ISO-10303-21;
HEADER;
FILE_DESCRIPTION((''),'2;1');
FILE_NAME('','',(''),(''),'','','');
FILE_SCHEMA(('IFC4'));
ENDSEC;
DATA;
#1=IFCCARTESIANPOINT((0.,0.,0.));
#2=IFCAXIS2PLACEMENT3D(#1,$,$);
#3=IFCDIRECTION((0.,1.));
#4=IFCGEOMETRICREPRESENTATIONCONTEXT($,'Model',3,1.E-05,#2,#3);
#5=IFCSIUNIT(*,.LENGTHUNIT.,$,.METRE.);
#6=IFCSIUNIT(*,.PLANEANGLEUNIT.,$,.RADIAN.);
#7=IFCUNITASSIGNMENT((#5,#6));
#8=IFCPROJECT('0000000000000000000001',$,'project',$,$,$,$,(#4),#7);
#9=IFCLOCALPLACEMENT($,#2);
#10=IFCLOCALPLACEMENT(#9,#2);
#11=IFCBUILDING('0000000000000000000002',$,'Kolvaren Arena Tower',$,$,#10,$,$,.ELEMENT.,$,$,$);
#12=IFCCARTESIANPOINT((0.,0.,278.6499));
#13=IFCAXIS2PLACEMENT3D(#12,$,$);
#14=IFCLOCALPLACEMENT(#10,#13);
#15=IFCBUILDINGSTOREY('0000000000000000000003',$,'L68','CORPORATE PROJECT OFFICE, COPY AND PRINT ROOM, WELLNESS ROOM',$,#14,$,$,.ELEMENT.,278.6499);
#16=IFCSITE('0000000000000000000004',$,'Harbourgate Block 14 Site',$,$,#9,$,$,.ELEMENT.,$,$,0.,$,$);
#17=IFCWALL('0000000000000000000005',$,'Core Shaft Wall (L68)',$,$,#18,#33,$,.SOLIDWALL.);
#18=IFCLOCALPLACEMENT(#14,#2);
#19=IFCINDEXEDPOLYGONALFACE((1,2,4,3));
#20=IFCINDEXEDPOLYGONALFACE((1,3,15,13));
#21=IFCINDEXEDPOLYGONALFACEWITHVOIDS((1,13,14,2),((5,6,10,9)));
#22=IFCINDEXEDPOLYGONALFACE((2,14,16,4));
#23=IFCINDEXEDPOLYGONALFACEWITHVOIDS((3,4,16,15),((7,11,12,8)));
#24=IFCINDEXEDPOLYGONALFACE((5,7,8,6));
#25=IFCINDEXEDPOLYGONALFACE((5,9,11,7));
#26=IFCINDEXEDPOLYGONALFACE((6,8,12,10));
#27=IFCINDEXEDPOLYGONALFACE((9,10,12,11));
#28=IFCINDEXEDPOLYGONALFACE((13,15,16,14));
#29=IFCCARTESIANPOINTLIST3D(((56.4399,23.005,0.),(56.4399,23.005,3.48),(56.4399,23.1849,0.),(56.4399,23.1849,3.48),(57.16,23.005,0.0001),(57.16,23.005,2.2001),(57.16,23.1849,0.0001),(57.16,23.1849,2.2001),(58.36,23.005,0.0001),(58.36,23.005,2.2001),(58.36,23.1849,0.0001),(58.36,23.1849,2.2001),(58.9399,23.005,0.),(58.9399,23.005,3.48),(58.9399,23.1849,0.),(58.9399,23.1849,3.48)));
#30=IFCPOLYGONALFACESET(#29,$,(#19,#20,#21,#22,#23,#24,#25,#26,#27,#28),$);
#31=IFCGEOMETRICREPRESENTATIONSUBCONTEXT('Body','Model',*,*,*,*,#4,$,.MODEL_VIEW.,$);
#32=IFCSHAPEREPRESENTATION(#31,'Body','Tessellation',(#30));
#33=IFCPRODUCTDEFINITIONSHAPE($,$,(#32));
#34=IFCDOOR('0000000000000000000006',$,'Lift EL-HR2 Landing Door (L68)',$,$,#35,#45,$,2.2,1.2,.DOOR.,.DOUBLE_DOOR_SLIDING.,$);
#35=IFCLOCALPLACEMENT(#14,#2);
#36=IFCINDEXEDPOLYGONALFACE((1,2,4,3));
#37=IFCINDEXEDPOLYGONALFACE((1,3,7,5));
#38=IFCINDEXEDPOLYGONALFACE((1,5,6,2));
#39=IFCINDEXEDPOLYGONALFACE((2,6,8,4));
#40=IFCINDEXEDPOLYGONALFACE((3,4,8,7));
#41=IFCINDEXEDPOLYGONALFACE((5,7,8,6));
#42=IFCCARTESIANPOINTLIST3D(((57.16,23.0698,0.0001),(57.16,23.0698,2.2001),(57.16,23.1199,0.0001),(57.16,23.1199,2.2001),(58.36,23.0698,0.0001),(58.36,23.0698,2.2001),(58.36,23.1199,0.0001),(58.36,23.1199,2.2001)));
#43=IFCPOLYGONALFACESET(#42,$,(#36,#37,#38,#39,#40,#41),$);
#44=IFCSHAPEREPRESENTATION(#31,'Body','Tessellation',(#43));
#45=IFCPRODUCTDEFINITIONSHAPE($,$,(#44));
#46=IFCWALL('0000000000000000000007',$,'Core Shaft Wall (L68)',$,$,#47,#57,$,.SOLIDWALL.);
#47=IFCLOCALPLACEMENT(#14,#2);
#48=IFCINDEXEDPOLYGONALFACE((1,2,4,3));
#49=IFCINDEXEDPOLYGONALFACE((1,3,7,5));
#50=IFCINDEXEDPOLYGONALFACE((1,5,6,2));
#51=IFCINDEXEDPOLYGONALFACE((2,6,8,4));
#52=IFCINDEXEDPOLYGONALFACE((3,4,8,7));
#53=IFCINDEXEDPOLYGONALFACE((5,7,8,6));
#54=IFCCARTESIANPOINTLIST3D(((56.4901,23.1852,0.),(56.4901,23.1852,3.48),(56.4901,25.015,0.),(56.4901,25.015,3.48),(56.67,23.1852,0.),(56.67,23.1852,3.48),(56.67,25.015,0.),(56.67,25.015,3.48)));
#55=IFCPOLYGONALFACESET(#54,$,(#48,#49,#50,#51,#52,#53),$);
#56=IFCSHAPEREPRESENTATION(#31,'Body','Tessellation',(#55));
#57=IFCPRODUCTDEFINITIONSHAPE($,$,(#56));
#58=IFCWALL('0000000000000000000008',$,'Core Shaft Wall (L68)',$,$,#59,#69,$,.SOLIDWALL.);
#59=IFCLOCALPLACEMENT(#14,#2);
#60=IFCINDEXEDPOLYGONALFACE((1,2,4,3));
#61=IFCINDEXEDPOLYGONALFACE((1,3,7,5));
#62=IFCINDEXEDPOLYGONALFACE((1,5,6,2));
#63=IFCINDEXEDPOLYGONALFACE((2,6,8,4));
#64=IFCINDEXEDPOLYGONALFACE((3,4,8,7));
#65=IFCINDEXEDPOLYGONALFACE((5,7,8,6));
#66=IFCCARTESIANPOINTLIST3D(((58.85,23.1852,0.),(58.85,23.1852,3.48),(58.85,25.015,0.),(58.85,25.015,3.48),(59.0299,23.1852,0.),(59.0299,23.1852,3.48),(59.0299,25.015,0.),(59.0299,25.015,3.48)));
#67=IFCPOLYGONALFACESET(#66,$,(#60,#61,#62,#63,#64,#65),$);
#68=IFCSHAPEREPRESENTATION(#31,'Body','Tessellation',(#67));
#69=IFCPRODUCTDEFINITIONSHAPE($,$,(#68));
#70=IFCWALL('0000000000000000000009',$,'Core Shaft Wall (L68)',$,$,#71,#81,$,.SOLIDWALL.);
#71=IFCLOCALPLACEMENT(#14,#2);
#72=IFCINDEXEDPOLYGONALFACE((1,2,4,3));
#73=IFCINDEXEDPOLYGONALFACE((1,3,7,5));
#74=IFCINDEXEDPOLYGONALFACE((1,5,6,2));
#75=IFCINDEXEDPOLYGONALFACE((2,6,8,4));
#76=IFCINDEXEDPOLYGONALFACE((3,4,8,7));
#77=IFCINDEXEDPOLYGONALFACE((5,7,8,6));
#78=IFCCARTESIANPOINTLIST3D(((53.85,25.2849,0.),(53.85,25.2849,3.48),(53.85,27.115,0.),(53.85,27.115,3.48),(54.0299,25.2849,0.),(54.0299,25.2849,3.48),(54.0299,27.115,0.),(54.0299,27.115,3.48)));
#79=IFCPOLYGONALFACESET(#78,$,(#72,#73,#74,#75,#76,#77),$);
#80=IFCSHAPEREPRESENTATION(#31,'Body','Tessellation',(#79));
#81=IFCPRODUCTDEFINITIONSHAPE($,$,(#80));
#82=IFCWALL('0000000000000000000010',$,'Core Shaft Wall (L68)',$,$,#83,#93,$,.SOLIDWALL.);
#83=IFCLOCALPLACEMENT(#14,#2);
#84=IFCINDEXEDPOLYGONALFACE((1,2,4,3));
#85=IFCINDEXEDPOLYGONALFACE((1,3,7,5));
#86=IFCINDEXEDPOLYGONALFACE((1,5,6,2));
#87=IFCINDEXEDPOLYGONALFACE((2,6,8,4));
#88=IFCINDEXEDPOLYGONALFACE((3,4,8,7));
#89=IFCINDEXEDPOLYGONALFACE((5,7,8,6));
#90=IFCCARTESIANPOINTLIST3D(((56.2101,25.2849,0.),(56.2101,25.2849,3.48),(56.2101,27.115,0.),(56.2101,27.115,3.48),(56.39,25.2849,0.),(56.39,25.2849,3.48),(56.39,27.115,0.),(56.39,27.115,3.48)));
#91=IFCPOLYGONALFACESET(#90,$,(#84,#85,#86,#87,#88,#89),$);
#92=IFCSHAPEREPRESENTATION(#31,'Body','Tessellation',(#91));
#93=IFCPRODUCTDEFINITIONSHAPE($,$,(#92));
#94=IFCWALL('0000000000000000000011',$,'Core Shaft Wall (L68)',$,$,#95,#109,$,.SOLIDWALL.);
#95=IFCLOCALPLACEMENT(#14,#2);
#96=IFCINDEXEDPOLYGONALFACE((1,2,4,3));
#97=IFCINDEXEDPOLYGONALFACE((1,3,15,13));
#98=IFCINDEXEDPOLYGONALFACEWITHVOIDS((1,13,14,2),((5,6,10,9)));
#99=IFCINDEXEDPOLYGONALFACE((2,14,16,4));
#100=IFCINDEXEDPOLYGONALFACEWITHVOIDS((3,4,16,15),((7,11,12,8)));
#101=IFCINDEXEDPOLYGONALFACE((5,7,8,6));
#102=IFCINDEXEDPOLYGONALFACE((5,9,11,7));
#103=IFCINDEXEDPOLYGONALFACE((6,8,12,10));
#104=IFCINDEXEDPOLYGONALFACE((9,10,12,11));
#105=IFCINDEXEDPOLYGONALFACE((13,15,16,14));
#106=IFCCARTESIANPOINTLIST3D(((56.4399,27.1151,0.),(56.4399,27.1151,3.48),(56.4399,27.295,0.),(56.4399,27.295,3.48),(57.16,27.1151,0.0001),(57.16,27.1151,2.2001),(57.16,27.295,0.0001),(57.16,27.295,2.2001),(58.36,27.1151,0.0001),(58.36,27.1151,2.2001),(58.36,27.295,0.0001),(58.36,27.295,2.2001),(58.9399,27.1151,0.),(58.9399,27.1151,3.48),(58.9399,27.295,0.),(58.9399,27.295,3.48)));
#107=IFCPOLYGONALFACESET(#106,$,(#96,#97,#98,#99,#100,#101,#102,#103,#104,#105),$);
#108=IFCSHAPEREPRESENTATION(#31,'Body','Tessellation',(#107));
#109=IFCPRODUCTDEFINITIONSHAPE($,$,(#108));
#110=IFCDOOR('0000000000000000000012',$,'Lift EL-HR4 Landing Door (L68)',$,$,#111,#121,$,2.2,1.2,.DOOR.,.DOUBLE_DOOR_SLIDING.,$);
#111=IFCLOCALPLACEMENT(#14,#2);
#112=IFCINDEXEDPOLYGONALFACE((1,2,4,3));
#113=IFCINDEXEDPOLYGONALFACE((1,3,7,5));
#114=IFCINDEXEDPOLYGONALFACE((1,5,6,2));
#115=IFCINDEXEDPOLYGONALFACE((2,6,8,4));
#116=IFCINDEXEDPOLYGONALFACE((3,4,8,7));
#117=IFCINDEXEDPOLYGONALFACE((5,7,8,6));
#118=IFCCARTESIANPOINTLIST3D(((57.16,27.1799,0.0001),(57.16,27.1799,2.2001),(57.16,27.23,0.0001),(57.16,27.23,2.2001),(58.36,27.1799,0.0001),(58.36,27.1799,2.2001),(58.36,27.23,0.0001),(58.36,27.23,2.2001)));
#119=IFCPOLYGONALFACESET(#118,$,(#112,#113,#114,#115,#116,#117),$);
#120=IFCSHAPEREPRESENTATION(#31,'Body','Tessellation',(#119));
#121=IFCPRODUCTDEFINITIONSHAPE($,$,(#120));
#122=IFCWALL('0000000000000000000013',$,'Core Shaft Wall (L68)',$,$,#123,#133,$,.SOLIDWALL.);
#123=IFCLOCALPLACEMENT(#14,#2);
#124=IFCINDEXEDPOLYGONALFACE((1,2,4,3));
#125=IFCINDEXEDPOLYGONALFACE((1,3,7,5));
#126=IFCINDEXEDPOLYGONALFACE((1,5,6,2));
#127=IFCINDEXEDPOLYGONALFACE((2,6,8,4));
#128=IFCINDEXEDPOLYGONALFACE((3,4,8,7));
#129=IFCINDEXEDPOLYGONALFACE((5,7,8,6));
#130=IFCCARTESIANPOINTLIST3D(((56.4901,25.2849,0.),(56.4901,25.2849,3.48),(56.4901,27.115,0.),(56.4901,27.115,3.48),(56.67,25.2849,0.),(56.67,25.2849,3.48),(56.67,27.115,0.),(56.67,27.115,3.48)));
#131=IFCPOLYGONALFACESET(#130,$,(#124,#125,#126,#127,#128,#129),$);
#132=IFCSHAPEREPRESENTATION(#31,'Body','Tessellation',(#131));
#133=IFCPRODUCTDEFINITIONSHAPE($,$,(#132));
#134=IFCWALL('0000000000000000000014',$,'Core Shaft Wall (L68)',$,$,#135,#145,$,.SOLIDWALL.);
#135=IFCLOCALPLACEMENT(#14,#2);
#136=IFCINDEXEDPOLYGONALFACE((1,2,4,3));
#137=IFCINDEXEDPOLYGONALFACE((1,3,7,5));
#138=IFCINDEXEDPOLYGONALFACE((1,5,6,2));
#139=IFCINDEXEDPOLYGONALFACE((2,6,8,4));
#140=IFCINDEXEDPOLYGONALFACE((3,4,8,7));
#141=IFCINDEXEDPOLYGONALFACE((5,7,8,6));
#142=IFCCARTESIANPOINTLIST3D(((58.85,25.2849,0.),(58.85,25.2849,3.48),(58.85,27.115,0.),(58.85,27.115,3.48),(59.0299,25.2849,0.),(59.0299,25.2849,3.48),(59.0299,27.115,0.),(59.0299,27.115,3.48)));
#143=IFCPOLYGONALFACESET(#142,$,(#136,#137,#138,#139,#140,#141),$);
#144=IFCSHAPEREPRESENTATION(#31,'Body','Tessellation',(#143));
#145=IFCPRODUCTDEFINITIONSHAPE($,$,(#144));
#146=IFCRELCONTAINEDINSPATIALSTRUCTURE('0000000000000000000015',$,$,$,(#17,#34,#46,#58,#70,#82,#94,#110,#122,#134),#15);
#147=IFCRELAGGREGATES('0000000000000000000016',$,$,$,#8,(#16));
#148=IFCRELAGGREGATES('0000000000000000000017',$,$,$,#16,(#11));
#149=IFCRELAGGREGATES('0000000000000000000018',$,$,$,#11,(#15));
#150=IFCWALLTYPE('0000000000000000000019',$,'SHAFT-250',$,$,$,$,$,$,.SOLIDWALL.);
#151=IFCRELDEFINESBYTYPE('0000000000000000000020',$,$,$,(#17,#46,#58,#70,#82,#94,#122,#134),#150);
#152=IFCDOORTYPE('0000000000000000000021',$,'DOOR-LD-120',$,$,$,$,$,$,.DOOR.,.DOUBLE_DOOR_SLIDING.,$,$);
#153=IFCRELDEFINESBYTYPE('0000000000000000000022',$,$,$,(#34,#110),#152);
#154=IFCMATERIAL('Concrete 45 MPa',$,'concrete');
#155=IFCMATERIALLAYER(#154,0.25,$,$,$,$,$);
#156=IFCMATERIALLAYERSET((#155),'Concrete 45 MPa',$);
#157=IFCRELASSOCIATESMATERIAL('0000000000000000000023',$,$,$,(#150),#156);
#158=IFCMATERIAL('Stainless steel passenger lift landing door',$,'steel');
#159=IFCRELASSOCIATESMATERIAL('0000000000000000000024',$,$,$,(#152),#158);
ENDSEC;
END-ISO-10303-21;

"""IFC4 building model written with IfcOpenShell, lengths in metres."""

from ifc_helpers import new_model, si_unit, direction, frame, frame_2d, origin, place, context, subcontext, project, spatial, rectangle, extrude, material, layer, layer_set, type_object, element, fill, save


model = new_model("IFC4")

# Units and contexts
model_context = context("Model", 3, precision=1e-05, world=origin(), true_north=direction((0.0, 1.0)))
body_context = subcontext(model_context, "Body", "Model", "MODEL_VIEW")
ifc_project = project(units=[si_unit("LENGTHUNIT", "METRE"), si_unit("PLANEANGLEUNIT", "RADIAN")], contexts=[model_context])

# Site, building, storey
site_placement = place(None, origin())
site = spatial("IfcSite", under=ifc_project, at=site_placement, Name="Harbourgate Block 14 Site", CompositionType="ELEMENT", RefElevation=0.0)
building_placement = place(site_placement, origin())
building = spatial("IfcBuilding", under=site, at=building_placement, Name="Kolvaren Arena Tower", CompositionType="ELEMENT")
storey_placement = place(building_placement, frame((0.0, 0.0, 278.6499)))
storey = spatial("IfcBuildingStorey", under=building, at=storey_placement, Name="L68", Description="CORPORATE PROJECT OFFICE, COPY AND PRINT ROOM, WELLNESS ROOM", CompositionType="ELEMENT", Elevation=278.6499)

# Shared definitions
ifc_material_1 = material(Name="Concrete 45 MPa", Category="concrete")
ifc_layer_1 = layer(ifc_material_1, 0.25)
ifc_layer_set_1 = layer_set([ifc_layer_1], Name="Concrete 45 MPa")
wall_type_1 = type_object("IfcWallType", Name="SHAFT-250", PredefinedType="SOLIDWALL", material=ifc_layer_set_1)

# Shared definitions
ifc_material_2 = material(Name="Stainless steel passenger lift landing door", Category="steel")
door_type = type_object("IfcDoorType", Name="DOOR-LD-120", OperationType="DOUBLE_DOOR_SLIDING", PredefinedType="DOOR", material=ifc_material_2)

# Wall, opening, door
wall_1_placement = place(storey_placement, frame((56.4399, 23.095, 0.0), z_axis=(0.0, 0.0, 1.0), x_axis=(1.0, 0.0, 0.0)))
wall_1 = element("IfcWall", 1, at=wall_1_placement, inside=storey, type_object=wall_type_1, Name="Core Shaft Wall (L68)", PredefinedType="SOLIDWALL", context=body_context, shape_type="SweptSolid", body=[
    extrude(rectangle(XDim=2.5, YDim=0.1799, at=frame_2d((1.25, 0.0))), origin(), (0.0, 0.0, 1.0), 3.48),
])
opening_1_placement = place(wall_1_placement, frame((0.72, 0.0, 0.0)))
opening_1 = element("IfcOpeningElement", 2, at=opening_1_placement, cuts=wall_1, PredefinedType="OPENING", context=body_context, shape_type="SweptSolid", body=[
    extrude(rectangle(XDim=1.2, YDim=2.2, at=frame_2d((0.6001, 1.1001))), frame((0.0, 0.0999, 0.0), z_axis=(0.0, -1.0, 0.0), x_axis=(1.0, 0.0, 0.0)), (0.0, 0.0, 1.0), 0.2),
])
door_1_placement = place(opening_1_placement, origin())
door_1 = element("IfcDoor", 3, at=door_1_placement, inside=storey, type_object=door_type, Name="Lift EL-HR2 Landing Door (L68)", OperationType="DOUBLE_DOOR_SLIDING", OverallHeight=2.2, OverallWidth=1.2, PredefinedType="DOOR", context=body_context, shape_type="SweptSolid", body=[
    extrude(rectangle(XDim=1.2, YDim=2.2, at=frame_2d((0.6001, 1.1001))), frame((0.0, 0.0249, 0.0), z_axis=(0.0, -1.0, 0.0), x_axis=(1.0, 0.0, 0.0)), (0.0, 0.0, 1.0), 0.05),
])
fill(opening_1, door_1)

# Walls
for number, where, z_axis, x_axis, name in (
    (4, (56.5801, 23.1851, 0.0), (0.0, 0.0, 1.0), (0.0, 1.0, 0.0), "Core Shaft Wall (L68)"),
    (5, (58.9399, 23.1851, 0.0), (0.0, 0.0, 1.0), (0.0, 1.0, 0.0), "Core Shaft Wall (L68)"),
):
    element("IfcWall", number, at=place(storey_placement, frame(where, z_axis=z_axis, x_axis=x_axis)), inside=storey, type_object=wall_type_1, Name=name, PredefinedType="SOLIDWALL", context=body_context, shape_type="SweptSolid", body=[
        extrude(rectangle(XDim=1.8298, YDim=0.1799, at=frame_2d((0.915, 0.0))), origin(), (0.0, 0.0, 1.0), 3.48),
    ])
for number, where, z_axis, x_axis, name in (
    (6, (53.9399, 25.2849, 0.0), (0.0, 0.0, 1.0), (0.0, 1.0, 0.0), "Core Shaft Wall (L68)"),
    (7, (56.3, 25.2849, 0.0), (0.0, 0.0, 1.0), (0.0, 1.0, 0.0), "Core Shaft Wall (L68)"),
):
    element("IfcWall", number, at=place(storey_placement, frame(where, z_axis=z_axis, x_axis=x_axis)), inside=storey, type_object=wall_type_1, Name=name, PredefinedType="SOLIDWALL", context=body_context, shape_type="SweptSolid", body=[
        extrude(rectangle(XDim=1.8301, YDim=0.1799, at=frame_2d((0.915, 0.0))), origin(), (0.0, 0.0, 1.0), 3.48),
    ])

# Wall, opening, door
wall_2_placement = place(storey_placement, frame((56.4399, 27.2051, 0.0), z_axis=(0.0, 0.0, 1.0), x_axis=(1.0, 0.0, 0.0)))
wall_2 = element("IfcWall", 8, at=wall_2_placement, inside=storey, type_object=wall_type_1, Name="Core Shaft Wall (L68)", PredefinedType="SOLIDWALL", context=body_context, shape_type="SweptSolid", body=[
    extrude(rectangle(XDim=2.5, YDim=0.1799, at=frame_2d((1.25, 0.0))), origin(), (0.0, 0.0, 1.0), 3.48),
])
opening_2_placement = place(wall_2_placement, frame((0.72, 0.0, 0.0)))
opening_2 = element("IfcOpeningElement", 9, at=opening_2_placement, cuts=wall_2, PredefinedType="OPENING", context=body_context, shape_type="SweptSolid", body=[
    extrude(rectangle(XDim=1.2, YDim=2.2, at=frame_2d((0.6001, 1.1001))), frame((0.0, 0.0999, 0.0), z_axis=(0.0, -1.0, 0.0), x_axis=(1.0, 0.0, 0.0)), (0.0, 0.0, 1.0), 0.2),
])
door_2_placement = place(opening_2_placement, origin())
door_2 = element("IfcDoor", 10, at=door_2_placement, inside=storey, type_object=door_type, Name="Lift EL-HR4 Landing Door (L68)", OperationType="DOUBLE_DOOR_SLIDING", OverallHeight=2.2, OverallWidth=1.2, PredefinedType="DOOR", context=body_context, shape_type="SweptSolid", body=[
    extrude(rectangle(XDim=1.2, YDim=2.2, at=frame_2d((0.6001, 1.1001))), frame((0.0, 0.0249, 0.0), z_axis=(0.0, -1.0, 0.0), x_axis=(1.0, 0.0, 0.0)), (0.0, 0.0, 1.0), 0.05),
])
fill(opening_2, door_2)

# Walls
for number, where, z_axis, x_axis, name in (
    (11, (56.5801, 25.2849, 0.0), (0.0, 0.0, 1.0), (0.0, 1.0, 0.0), "Core Shaft Wall (L68)"),
    (12, (58.9399, 25.2849, 0.0), (0.0, 0.0, 1.0), (0.0, 1.0, 0.0), "Core Shaft Wall (L68)"),
):
    element("IfcWall", number, at=place(storey_placement, frame(where, z_axis=z_axis, x_axis=x_axis)), inside=storey, type_object=wall_type_1, Name=name, PredefinedType="SOLIDWALL", context=body_context, shape_type="SweptSolid", body=[
        extrude(rectangle(XDim=1.8301, YDim=0.1799, at=frame_2d((0.915, 0.0))), origin(), (0.0, 0.0, 1.0), 3.48),
    ])

save(model, "model.ifc")
